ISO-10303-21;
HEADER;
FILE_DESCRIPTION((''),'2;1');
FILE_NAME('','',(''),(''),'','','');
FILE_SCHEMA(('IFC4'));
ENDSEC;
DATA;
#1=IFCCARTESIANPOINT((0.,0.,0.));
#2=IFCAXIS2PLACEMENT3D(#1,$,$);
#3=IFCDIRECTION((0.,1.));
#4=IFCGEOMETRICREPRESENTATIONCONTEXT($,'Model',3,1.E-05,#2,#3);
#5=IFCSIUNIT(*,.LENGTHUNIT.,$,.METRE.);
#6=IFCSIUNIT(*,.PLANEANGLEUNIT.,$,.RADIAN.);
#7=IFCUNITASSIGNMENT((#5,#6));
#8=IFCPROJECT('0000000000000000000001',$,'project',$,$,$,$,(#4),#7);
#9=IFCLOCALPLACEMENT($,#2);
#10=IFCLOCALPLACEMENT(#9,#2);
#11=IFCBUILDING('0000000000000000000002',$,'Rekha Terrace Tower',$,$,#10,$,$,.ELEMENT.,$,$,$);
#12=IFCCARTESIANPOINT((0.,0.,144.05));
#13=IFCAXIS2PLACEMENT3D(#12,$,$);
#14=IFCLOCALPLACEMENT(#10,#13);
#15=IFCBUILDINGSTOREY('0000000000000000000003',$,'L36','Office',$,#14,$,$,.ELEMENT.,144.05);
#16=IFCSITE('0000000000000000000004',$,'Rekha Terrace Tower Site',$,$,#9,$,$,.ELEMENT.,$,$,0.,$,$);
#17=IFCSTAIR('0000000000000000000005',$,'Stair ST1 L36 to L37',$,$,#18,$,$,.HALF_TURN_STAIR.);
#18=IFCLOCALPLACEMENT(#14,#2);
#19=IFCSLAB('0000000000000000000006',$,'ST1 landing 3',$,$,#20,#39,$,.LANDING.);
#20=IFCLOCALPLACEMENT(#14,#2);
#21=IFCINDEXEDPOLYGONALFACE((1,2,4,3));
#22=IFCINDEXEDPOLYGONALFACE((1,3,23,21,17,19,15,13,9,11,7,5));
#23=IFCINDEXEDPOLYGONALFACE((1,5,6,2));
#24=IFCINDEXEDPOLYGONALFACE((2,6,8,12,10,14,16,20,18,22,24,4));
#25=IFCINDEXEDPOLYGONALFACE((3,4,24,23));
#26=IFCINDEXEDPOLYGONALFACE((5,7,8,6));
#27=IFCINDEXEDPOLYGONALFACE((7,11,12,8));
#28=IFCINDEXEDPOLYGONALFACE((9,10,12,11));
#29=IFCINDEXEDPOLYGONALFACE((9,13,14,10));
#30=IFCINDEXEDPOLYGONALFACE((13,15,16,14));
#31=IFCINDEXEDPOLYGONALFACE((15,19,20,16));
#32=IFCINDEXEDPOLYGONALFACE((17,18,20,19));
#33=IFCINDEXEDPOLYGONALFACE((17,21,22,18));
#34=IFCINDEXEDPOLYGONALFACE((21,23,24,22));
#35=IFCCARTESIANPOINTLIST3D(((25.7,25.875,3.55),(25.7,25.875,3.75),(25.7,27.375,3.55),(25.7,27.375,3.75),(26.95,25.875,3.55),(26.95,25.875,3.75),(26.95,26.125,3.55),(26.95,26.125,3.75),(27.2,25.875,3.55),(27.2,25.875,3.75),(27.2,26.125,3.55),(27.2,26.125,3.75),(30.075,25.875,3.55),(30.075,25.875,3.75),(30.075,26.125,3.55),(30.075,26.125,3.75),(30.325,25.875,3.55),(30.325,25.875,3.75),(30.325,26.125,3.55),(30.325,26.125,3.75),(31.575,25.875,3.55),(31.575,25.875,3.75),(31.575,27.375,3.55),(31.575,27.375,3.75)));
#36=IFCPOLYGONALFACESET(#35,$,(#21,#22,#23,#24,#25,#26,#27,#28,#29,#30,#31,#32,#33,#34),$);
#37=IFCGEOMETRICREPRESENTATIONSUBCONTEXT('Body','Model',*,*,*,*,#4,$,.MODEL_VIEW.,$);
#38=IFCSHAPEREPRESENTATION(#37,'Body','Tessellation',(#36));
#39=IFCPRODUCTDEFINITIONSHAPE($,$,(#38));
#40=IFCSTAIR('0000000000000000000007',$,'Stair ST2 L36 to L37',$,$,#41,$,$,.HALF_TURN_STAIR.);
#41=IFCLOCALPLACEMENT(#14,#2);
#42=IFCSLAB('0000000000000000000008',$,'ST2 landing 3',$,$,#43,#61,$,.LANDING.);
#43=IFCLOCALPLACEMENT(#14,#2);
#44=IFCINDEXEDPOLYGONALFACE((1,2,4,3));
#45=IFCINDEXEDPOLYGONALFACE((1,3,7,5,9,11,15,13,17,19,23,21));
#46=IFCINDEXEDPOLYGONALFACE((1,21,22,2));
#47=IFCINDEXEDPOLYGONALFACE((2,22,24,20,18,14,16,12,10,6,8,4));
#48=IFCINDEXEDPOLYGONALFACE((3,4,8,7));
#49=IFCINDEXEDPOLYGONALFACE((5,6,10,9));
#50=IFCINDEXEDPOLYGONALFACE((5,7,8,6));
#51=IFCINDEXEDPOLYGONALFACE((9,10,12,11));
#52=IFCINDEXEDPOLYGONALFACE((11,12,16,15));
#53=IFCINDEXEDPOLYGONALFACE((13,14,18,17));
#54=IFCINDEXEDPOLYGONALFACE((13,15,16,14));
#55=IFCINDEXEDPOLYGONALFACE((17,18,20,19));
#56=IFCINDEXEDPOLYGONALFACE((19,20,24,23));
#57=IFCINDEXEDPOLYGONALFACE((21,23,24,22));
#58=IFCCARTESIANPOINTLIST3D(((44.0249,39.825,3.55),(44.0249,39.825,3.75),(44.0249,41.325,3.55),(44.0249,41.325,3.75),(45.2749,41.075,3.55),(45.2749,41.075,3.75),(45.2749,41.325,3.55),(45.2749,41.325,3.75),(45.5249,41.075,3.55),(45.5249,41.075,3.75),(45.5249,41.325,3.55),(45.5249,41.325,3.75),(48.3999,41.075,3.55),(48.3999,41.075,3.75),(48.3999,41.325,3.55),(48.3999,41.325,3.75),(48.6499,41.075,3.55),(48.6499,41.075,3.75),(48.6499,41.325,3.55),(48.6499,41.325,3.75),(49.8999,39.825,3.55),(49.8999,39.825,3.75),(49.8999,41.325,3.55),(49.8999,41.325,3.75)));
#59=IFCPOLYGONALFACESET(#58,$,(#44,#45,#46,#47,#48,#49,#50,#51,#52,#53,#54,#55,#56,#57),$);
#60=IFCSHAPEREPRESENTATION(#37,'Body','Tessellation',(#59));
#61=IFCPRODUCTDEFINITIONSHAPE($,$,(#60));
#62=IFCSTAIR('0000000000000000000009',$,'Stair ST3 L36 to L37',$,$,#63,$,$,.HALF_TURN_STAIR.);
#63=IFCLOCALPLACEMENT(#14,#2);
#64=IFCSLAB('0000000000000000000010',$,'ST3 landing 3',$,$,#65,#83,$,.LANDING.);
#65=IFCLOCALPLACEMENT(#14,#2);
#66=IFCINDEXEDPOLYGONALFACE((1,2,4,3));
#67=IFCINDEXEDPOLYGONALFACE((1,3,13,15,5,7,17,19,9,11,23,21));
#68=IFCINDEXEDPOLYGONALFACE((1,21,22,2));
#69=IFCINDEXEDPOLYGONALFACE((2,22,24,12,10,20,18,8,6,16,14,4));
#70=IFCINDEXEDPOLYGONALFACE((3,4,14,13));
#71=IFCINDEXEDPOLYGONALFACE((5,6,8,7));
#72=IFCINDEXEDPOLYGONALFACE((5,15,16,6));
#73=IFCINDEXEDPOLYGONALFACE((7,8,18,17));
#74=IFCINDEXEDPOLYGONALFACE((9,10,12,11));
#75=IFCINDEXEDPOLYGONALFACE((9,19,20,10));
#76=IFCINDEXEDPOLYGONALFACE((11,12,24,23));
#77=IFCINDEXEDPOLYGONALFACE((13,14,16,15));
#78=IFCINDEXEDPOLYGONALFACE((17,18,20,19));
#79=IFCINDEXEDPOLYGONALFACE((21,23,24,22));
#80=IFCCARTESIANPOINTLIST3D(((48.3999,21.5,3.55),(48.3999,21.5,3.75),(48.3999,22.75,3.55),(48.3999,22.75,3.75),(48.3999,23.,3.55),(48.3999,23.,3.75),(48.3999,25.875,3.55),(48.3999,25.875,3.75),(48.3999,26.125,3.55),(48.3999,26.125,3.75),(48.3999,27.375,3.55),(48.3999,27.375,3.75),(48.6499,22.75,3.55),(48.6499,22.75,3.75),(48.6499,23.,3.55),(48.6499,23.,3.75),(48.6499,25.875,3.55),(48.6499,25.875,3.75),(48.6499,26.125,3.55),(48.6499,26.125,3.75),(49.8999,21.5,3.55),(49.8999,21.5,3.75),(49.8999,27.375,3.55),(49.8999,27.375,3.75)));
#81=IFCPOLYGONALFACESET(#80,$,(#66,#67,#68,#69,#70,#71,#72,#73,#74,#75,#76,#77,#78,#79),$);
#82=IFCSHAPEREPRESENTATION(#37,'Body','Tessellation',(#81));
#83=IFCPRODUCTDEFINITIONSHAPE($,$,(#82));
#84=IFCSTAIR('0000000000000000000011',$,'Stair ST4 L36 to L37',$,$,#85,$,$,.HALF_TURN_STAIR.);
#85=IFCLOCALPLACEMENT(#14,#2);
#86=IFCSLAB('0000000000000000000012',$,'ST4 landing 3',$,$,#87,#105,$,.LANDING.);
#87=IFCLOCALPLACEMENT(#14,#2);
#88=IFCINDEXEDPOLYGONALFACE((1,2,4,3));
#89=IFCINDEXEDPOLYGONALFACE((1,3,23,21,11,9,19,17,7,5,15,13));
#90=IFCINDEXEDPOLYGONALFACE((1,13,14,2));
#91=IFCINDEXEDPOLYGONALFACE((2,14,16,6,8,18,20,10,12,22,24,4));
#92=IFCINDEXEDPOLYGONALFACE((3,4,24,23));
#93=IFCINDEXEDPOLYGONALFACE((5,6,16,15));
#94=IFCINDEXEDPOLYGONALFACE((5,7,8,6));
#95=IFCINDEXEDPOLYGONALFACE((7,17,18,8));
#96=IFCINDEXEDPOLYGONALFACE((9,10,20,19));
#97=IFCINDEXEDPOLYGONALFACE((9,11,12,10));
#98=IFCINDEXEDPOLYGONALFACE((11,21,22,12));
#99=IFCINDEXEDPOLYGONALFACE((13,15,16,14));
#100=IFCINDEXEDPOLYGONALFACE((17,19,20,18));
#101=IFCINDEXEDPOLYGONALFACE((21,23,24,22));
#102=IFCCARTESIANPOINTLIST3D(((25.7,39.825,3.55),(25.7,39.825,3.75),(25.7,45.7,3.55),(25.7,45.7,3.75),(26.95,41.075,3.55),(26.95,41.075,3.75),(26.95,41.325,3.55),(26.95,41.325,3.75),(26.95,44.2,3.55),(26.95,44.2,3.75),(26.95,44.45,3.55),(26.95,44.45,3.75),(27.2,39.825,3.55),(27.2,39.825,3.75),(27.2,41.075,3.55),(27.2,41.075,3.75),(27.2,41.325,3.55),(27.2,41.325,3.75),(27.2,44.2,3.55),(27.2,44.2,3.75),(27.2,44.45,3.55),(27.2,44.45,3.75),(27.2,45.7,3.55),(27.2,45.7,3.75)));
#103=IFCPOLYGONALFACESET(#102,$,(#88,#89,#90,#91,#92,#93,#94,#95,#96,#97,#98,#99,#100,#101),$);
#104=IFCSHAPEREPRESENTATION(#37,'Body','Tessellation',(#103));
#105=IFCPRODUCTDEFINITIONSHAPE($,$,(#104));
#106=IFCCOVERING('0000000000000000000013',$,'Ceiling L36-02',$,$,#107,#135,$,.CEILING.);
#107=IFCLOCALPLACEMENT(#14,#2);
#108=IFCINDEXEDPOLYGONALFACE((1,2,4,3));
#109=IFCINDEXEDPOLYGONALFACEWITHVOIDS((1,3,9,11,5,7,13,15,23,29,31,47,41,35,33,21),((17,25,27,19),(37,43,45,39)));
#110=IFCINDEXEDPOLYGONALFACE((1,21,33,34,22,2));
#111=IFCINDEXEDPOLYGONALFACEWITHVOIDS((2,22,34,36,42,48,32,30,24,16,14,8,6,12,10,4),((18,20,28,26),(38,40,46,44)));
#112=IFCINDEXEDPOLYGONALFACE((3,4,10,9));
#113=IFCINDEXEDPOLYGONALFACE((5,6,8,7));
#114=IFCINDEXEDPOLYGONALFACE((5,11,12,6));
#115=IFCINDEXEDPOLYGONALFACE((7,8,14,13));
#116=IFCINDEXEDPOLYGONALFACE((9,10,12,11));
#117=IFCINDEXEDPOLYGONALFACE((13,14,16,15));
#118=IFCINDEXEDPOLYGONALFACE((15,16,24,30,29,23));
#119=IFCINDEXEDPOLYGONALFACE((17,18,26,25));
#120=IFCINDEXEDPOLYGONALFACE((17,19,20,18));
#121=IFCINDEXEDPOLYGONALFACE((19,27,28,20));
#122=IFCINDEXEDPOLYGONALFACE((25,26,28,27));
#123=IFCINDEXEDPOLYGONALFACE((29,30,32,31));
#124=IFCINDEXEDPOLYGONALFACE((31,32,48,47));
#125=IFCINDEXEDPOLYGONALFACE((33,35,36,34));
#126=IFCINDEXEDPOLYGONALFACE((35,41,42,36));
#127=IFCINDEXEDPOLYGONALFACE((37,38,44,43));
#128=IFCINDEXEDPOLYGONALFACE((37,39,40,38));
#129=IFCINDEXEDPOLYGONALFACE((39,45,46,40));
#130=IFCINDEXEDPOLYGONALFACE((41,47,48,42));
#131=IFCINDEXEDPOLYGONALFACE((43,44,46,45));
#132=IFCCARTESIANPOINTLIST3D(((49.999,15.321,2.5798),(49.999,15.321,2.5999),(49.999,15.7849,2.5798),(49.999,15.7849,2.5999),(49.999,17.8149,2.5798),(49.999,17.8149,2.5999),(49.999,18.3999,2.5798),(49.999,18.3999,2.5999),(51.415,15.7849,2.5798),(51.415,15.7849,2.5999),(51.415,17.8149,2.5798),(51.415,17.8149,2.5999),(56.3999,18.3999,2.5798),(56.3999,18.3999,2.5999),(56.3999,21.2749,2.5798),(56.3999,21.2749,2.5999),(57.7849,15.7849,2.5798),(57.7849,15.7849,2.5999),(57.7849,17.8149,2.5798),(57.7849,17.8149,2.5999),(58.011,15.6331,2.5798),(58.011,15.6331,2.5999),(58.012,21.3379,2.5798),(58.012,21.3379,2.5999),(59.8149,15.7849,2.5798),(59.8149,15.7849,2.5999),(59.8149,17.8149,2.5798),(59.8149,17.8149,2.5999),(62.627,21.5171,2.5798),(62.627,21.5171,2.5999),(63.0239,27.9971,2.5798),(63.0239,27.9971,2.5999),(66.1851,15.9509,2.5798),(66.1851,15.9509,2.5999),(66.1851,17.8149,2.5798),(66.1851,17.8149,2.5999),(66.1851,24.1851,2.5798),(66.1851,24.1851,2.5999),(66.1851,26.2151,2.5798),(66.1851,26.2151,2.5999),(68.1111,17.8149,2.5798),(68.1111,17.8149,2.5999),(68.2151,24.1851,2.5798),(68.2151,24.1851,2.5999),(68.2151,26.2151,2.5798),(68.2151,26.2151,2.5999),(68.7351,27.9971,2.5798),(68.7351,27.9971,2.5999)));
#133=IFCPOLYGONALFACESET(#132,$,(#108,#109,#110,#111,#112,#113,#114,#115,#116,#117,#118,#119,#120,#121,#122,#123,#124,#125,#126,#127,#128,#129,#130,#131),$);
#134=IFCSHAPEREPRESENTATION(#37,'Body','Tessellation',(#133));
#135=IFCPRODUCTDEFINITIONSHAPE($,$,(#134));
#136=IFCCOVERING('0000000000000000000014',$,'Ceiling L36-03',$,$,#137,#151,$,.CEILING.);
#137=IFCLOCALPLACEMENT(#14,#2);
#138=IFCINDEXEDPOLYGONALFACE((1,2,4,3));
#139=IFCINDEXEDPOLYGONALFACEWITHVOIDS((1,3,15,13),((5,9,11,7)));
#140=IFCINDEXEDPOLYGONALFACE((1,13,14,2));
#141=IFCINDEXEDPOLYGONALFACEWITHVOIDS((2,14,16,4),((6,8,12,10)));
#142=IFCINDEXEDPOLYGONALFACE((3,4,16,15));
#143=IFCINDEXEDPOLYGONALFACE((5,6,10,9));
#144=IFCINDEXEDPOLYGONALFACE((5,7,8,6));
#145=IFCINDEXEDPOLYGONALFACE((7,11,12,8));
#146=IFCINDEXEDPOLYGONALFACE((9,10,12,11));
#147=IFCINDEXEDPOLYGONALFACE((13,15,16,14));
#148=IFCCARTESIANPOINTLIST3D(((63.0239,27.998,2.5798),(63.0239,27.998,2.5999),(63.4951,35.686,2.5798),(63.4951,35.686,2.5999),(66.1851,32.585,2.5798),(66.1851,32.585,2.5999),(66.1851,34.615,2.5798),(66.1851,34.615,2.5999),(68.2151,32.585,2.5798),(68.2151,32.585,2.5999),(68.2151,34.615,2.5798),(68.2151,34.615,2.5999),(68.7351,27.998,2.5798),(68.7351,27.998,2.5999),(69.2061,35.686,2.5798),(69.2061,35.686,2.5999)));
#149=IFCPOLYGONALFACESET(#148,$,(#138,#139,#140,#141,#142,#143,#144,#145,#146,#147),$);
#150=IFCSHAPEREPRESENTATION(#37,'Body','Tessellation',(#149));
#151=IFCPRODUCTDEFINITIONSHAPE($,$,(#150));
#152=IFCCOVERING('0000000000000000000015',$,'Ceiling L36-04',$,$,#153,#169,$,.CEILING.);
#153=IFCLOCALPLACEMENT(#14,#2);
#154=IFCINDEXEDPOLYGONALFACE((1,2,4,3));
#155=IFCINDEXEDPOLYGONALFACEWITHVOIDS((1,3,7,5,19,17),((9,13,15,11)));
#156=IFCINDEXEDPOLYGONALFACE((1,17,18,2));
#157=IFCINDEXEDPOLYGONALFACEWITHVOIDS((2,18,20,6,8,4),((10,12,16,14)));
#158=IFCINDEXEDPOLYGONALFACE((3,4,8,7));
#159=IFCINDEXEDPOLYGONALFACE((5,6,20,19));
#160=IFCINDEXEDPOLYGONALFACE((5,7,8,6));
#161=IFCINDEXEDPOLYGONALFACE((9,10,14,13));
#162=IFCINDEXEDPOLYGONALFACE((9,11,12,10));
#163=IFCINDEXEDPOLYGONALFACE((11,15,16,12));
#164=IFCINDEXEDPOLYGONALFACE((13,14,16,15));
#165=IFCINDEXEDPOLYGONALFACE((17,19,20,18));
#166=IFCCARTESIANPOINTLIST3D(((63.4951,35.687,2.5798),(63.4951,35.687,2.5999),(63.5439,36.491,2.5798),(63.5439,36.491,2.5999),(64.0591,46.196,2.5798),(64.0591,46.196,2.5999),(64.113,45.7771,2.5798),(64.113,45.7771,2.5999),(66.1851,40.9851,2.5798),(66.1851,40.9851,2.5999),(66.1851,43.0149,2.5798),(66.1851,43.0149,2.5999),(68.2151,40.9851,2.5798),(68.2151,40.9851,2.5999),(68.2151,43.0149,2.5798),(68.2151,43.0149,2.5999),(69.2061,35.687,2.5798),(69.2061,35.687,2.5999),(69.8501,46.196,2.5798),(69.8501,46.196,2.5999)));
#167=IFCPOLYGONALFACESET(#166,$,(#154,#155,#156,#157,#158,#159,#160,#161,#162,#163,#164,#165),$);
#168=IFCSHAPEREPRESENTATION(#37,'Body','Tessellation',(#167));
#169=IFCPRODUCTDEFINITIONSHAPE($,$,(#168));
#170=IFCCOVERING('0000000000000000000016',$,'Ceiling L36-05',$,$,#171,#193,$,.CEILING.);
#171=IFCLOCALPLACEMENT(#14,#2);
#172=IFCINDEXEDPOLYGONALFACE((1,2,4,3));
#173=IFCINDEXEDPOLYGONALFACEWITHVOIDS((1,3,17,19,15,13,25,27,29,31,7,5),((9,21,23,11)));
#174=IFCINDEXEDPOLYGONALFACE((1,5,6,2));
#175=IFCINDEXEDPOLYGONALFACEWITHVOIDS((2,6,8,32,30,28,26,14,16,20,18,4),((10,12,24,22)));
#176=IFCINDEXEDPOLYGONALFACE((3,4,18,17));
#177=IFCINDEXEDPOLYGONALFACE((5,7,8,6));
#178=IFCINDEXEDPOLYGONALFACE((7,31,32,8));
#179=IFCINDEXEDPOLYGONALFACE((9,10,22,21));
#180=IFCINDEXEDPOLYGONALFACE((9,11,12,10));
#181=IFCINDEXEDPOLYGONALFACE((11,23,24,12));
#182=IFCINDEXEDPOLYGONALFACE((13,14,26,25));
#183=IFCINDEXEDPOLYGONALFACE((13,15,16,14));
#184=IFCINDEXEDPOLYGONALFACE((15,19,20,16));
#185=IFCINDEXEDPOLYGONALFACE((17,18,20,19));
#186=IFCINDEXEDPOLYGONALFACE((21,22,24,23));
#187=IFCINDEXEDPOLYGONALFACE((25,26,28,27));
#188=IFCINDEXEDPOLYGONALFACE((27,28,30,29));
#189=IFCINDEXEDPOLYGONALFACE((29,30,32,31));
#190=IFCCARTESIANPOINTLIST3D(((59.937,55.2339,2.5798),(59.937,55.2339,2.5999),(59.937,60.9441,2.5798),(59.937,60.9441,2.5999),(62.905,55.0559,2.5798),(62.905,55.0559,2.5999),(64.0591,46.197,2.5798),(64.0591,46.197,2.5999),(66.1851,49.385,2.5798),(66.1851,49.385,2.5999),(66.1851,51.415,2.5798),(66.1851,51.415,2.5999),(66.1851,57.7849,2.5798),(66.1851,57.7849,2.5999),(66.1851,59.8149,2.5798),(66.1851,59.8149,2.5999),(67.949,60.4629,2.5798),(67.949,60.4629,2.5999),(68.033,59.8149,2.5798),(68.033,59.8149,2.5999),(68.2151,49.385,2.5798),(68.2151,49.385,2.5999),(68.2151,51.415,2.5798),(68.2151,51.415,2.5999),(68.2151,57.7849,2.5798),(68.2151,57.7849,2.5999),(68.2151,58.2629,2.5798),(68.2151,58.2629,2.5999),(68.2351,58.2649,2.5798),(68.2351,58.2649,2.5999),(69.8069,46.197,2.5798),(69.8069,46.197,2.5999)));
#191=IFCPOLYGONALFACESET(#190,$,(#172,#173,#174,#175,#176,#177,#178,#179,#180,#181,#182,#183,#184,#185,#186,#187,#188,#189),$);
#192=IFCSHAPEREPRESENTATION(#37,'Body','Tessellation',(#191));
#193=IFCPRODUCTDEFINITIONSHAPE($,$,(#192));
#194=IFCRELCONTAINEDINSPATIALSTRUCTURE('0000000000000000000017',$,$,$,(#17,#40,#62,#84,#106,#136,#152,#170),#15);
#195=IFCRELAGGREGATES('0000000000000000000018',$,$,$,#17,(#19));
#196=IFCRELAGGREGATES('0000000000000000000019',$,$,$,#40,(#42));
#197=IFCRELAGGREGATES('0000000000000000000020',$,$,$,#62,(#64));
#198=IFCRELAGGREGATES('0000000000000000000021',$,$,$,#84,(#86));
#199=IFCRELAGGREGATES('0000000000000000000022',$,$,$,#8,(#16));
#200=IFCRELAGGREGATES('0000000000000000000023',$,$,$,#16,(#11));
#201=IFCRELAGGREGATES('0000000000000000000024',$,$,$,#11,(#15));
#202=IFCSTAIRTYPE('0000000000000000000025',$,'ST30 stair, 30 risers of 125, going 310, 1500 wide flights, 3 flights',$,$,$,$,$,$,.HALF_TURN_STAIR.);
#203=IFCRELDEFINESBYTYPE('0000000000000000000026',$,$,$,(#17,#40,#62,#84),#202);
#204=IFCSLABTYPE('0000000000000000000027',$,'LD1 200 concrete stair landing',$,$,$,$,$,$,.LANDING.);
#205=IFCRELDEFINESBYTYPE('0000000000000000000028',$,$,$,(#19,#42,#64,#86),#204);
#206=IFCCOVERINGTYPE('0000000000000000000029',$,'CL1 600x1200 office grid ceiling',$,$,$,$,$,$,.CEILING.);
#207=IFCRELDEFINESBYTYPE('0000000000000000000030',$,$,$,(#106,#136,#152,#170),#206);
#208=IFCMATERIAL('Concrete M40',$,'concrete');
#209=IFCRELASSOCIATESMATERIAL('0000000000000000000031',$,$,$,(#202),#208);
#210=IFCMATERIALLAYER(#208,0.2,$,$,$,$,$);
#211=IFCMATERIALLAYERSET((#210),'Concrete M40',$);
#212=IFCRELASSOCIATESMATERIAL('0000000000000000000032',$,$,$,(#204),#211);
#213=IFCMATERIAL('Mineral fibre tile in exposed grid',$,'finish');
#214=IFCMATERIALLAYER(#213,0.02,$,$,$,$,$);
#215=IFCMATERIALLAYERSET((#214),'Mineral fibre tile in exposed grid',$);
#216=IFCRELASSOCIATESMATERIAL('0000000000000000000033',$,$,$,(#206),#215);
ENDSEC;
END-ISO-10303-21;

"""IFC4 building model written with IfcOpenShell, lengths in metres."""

from ifc_helpers import new_model, si_unit, direction, frame, origin, place, context, subcontext, project, spatial, polyline, outline, extrude, material, layer, layer_set, type_object, element, aggregate, save


model = new_model("IFC4")

# Units and contexts
model_context = context("Model", 3, precision=1e-05, world=origin(), true_north=direction((0.0, 1.0)))
body_context = subcontext(model_context, "Body", "Model", "MODEL_VIEW")
ifc_project = project(units=[si_unit("LENGTHUNIT", "METRE"), si_unit("PLANEANGLEUNIT", "RADIAN")], contexts=[model_context])

# Site, building, storey
site_placement = place(None, origin())
site = spatial("IfcSite", under=ifc_project, at=site_placement, Name="Rekha Terrace Tower Site", CompositionType="ELEMENT", RefElevation=0.0)
building_placement = place(site_placement, origin())
building = spatial("IfcBuilding", under=site, at=building_placement, Name="Rekha Terrace Tower", CompositionType="ELEMENT")
storey_placement = place(building_placement, frame((0.0, 0.0, 144.05)))
storey = spatial("IfcBuildingStorey", under=building, at=storey_placement, Name="L36", Description="Office", CompositionType="ELEMENT", Elevation=144.05)

# Stairs, slabs
ifc_material_1 = material(Name="Concrete M40", Category="concrete")
stair_type = type_object("IfcStairType", Name="ST30 stair, 30 risers of 125, going 310, 1500 wide flights, 3 flights", PredefinedType="HALF_TURN_STAIR", material=ifc_material_1)
stair_1_placement = place(storey_placement, origin())
stair_1 = element("IfcStair", 1, at=stair_1_placement, inside=storey, type_object=stair_type, Name="Stair ST1 L36 to L37", PredefinedType="HALF_TURN_STAIR")
ifc_layer_1 = layer(ifc_material_1, 0.2)
ifc_layer_set_1 = layer_set([ifc_layer_1], Name="Concrete M40")
slab_type = type_object("IfcSlabType", Name="LD1 200 concrete stair landing", PredefinedType="LANDING", material=ifc_layer_set_1)
slab_1_placement = place(storey_placement, frame((0.0, 0.0, 3.55)))
slab_1 = element("IfcSlab", 2, at=slab_1_placement, type_object=slab_type, Name="ST1 landing 3", PredefinedType="LANDING", context=body_context, shape_type="SweptSolid", body=[
    extrude(outline(polyline([(31.575, 25.875), (31.575, 27.375), (25.7, 27.375), (25.7, 25.875), (26.95, 25.875), (26.95, 26.125), (27.2, 26.125), (27.2, 25.875), (30.075, 25.875), (30.075, 26.125), (30.325, 26.125), (30.325, 25.875), (31.575, 25.875)])), origin(), (0.0, 0.0, 1.0), 0.2),
])
aggregate(stair_1, [slab_1])
stair_2_placement = place(storey_placement, origin())
stair_2 = element("IfcStair", 3, at=stair_2_placement, inside=storey, type_object=stair_type, Name="Stair ST2 L36 to L37", PredefinedType="HALF_TURN_STAIR")
slab_2_placement = place(storey_placement, frame((0.0, 0.0, 3.55)))
slab_2 = element("IfcSlab", 4, at=slab_2_placement, type_object=slab_type, Name="ST2 landing 3", PredefinedType="LANDING", context=body_context, shape_type="SweptSolid", body=[
    extrude(outline(polyline([(44.0249, 41.325), (44.0249, 39.825), (49.8999, 39.825), (49.8999, 41.325), (48.6499, 41.325), (48.6499, 41.075), (48.3999, 41.075), (48.3999, 41.325), (45.5249, 41.325), (45.5249, 41.075), (45.2749, 41.075), (45.2749, 41.325), (44.0249, 41.325)])), origin(), (0.0, 0.0, 1.0), 0.2),
])
aggregate(stair_2, [slab_2])
stair_3_placement = place(storey_placement, origin())
stair_3 = element("IfcStair", 5, at=stair_3_placement, inside=storey, type_object=stair_type, Name="Stair ST3 L36 to L37", PredefinedType="HALF_TURN_STAIR")
slab_3_placement = place(storey_placement, frame((0.0, 0.0, 3.55)))
slab_3 = element("IfcSlab", 6, at=slab_3_placement, type_object=slab_type, Name="ST3 landing 3", PredefinedType="LANDING", context=body_context, shape_type="SweptSolid", body=[
    extrude(outline(polyline([(48.3999, 21.5), (49.8999, 21.5), (49.8999, 27.375), (48.3999, 27.375), (48.3999, 26.125), (48.6499, 26.125), (48.6499, 25.875), (48.3999, 25.875), (48.3999, 23.0), (48.6499, 23.0), (48.6499, 22.75), (48.3999, 22.75), (48.3999, 21.5)])), origin(), (0.0, 0.0, 1.0), 0.2),
])
aggregate(stair_3, [slab_3])
stair_4_placement = place(storey_placement, origin())
stair_4 = element("IfcStair", 7, at=stair_4_placement, inside=storey, type_object=stair_type, Name="Stair ST4 L36 to L37", PredefinedType="HALF_TURN_STAIR")
slab_4_placement = place(storey_placement, frame((0.0, 0.0, 3.55)))
slab_4 = element("IfcSlab", 8, at=slab_4_placement, type_object=slab_type, Name="ST4 landing 3", PredefinedType="LANDING", context=body_context, shape_type="SweptSolid", body=[
    extrude(outline(polyline([(27.2, 39.825), (25.7, 39.825), (25.7, 45.7), (27.2, 45.7), (27.2, 44.45), (26.95, 44.45), (26.95, 44.2), (27.2, 44.2), (27.2, 41.325), (26.95, 41.325), (26.95, 41.075), (27.2, 41.075), (27.2, 39.825)])), origin(), (0.0, 0.0, 1.0), 0.2),
])
aggregate(stair_4, [slab_4])

# Coverings
ifc_material_2 = material(Name="Mineral fibre tile in exposed grid", Category="finish")
ifc_layer_2 = layer(ifc_material_2, 0.02)
ifc_layer_set_2 = layer_set([ifc_layer_2], Name="Mineral fibre tile in exposed grid")
covering_type_1 = type_object("IfcCoveringType", Name="CL1 600x1200 office grid ceiling", PredefinedType="CEILING", material=ifc_layer_set_2)
covering_1_placement = place(storey_placement, frame((0.0, 0.0, 2.5798)))
element("IfcCovering", 9, at=covering_1_placement, inside=storey, type_object=covering_type_1, Name="Ceiling L36-02", PredefinedType="CEILING", context=body_context, shape_type="SweptSolid", body=[
    extrude(outline(polyline([(51.415, 15.7849), (49.999, 15.7849), (49.999, 15.321), (58.011, 15.6331), (66.1851, 15.9509), (66.1851, 17.8149), (68.1111, 17.8149), (68.7351, 27.9971), (63.0239, 27.9971), (62.627, 21.5171), (58.012, 21.3379), (56.3999, 21.2749), (56.3999, 18.3999), (49.999, 18.3999), (49.999, 17.8149), (51.415, 17.8149), (51.415, 15.7849)]), holes=[polyline([(68.2151, 24.1851), (66.1851, 24.1851), (66.1851, 26.2151), (68.2151, 26.2151), (68.2151, 24.1851)]), polyline([(59.8149, 15.7849), (57.7849, 15.7849), (57.7849, 17.8149), (59.8149, 17.8149), (59.8149, 15.7849)])]), origin(), (0.0, 0.0, 1.0), 0.02),
])
covering_2_placement = place(storey_placement, frame((0.0, 0.0, 2.5798)))
element("IfcCovering", 10, at=covering_2_placement, inside=storey, type_object=covering_type_1, Name="Ceiling L36-03", PredefinedType="CEILING", context=body_context, shape_type="SweptSolid", body=[
    extrude(outline(polyline([(63.0239, 27.998), (68.7351, 27.998), (69.2061, 35.686), (63.4951, 35.686), (63.0239, 27.998)]), holes=[polyline([(68.2151, 34.615), (68.2151, 32.585), (66.1851, 32.585), (66.1851, 34.615), (68.2151, 34.615)])]), origin(), (0.0, 0.0, 1.0), 0.02),
])
covering_3_placement = place(storey_placement, frame((0.0, 0.0, 2.5798)))
element("IfcCovering", 11, at=covering_3_placement, inside=storey, type_object=covering_type_1, Name="Ceiling L36-04", PredefinedType="CEILING", context=body_context, shape_type="SweptSolid", body=[
    extrude(outline(polyline([(64.0591, 46.196), (64.113, 45.7771), (63.5439, 36.491), (63.4951, 35.687), (69.2061, 35.687), (69.8501, 46.196), (64.0591, 46.196)]), holes=[polyline([(68.2151, 40.9851), (66.1851, 40.9851), (66.1851, 43.0149), (68.2151, 43.0149), (68.2151, 40.9851)])]), origin(), (0.0, 0.0, 1.0), 0.02),
])
covering_4_placement = place(storey_placement, frame((0.0, 0.0, 2.5798)))
element("IfcCovering", 12, at=covering_4_placement, inside=storey, type_object=covering_type_1, Name="Ceiling L36-05", PredefinedType="CEILING", context=body_context, shape_type="SweptSolid", body=[
    extrude(outline(polyline([(67.949, 60.4629), (59.937, 60.9441), (59.937, 55.2339), (62.905, 55.0559), (64.0591, 46.197), (69.8069, 46.197), (68.2351, 58.2649), (68.2151, 58.2629), (68.2151, 57.7849), (66.1851, 57.7849), (66.1851, 59.8149), (68.033, 59.8149), (67.949, 60.4629)]), holes=[polyline([(68.2151, 49.385), (66.1851, 49.385), (66.1851, 51.415), (68.2151, 51.415), (68.2151, 49.385)])]), origin(), (0.0, 0.0, 1.0), 0.02),
])

save(model, "model.ifc")
